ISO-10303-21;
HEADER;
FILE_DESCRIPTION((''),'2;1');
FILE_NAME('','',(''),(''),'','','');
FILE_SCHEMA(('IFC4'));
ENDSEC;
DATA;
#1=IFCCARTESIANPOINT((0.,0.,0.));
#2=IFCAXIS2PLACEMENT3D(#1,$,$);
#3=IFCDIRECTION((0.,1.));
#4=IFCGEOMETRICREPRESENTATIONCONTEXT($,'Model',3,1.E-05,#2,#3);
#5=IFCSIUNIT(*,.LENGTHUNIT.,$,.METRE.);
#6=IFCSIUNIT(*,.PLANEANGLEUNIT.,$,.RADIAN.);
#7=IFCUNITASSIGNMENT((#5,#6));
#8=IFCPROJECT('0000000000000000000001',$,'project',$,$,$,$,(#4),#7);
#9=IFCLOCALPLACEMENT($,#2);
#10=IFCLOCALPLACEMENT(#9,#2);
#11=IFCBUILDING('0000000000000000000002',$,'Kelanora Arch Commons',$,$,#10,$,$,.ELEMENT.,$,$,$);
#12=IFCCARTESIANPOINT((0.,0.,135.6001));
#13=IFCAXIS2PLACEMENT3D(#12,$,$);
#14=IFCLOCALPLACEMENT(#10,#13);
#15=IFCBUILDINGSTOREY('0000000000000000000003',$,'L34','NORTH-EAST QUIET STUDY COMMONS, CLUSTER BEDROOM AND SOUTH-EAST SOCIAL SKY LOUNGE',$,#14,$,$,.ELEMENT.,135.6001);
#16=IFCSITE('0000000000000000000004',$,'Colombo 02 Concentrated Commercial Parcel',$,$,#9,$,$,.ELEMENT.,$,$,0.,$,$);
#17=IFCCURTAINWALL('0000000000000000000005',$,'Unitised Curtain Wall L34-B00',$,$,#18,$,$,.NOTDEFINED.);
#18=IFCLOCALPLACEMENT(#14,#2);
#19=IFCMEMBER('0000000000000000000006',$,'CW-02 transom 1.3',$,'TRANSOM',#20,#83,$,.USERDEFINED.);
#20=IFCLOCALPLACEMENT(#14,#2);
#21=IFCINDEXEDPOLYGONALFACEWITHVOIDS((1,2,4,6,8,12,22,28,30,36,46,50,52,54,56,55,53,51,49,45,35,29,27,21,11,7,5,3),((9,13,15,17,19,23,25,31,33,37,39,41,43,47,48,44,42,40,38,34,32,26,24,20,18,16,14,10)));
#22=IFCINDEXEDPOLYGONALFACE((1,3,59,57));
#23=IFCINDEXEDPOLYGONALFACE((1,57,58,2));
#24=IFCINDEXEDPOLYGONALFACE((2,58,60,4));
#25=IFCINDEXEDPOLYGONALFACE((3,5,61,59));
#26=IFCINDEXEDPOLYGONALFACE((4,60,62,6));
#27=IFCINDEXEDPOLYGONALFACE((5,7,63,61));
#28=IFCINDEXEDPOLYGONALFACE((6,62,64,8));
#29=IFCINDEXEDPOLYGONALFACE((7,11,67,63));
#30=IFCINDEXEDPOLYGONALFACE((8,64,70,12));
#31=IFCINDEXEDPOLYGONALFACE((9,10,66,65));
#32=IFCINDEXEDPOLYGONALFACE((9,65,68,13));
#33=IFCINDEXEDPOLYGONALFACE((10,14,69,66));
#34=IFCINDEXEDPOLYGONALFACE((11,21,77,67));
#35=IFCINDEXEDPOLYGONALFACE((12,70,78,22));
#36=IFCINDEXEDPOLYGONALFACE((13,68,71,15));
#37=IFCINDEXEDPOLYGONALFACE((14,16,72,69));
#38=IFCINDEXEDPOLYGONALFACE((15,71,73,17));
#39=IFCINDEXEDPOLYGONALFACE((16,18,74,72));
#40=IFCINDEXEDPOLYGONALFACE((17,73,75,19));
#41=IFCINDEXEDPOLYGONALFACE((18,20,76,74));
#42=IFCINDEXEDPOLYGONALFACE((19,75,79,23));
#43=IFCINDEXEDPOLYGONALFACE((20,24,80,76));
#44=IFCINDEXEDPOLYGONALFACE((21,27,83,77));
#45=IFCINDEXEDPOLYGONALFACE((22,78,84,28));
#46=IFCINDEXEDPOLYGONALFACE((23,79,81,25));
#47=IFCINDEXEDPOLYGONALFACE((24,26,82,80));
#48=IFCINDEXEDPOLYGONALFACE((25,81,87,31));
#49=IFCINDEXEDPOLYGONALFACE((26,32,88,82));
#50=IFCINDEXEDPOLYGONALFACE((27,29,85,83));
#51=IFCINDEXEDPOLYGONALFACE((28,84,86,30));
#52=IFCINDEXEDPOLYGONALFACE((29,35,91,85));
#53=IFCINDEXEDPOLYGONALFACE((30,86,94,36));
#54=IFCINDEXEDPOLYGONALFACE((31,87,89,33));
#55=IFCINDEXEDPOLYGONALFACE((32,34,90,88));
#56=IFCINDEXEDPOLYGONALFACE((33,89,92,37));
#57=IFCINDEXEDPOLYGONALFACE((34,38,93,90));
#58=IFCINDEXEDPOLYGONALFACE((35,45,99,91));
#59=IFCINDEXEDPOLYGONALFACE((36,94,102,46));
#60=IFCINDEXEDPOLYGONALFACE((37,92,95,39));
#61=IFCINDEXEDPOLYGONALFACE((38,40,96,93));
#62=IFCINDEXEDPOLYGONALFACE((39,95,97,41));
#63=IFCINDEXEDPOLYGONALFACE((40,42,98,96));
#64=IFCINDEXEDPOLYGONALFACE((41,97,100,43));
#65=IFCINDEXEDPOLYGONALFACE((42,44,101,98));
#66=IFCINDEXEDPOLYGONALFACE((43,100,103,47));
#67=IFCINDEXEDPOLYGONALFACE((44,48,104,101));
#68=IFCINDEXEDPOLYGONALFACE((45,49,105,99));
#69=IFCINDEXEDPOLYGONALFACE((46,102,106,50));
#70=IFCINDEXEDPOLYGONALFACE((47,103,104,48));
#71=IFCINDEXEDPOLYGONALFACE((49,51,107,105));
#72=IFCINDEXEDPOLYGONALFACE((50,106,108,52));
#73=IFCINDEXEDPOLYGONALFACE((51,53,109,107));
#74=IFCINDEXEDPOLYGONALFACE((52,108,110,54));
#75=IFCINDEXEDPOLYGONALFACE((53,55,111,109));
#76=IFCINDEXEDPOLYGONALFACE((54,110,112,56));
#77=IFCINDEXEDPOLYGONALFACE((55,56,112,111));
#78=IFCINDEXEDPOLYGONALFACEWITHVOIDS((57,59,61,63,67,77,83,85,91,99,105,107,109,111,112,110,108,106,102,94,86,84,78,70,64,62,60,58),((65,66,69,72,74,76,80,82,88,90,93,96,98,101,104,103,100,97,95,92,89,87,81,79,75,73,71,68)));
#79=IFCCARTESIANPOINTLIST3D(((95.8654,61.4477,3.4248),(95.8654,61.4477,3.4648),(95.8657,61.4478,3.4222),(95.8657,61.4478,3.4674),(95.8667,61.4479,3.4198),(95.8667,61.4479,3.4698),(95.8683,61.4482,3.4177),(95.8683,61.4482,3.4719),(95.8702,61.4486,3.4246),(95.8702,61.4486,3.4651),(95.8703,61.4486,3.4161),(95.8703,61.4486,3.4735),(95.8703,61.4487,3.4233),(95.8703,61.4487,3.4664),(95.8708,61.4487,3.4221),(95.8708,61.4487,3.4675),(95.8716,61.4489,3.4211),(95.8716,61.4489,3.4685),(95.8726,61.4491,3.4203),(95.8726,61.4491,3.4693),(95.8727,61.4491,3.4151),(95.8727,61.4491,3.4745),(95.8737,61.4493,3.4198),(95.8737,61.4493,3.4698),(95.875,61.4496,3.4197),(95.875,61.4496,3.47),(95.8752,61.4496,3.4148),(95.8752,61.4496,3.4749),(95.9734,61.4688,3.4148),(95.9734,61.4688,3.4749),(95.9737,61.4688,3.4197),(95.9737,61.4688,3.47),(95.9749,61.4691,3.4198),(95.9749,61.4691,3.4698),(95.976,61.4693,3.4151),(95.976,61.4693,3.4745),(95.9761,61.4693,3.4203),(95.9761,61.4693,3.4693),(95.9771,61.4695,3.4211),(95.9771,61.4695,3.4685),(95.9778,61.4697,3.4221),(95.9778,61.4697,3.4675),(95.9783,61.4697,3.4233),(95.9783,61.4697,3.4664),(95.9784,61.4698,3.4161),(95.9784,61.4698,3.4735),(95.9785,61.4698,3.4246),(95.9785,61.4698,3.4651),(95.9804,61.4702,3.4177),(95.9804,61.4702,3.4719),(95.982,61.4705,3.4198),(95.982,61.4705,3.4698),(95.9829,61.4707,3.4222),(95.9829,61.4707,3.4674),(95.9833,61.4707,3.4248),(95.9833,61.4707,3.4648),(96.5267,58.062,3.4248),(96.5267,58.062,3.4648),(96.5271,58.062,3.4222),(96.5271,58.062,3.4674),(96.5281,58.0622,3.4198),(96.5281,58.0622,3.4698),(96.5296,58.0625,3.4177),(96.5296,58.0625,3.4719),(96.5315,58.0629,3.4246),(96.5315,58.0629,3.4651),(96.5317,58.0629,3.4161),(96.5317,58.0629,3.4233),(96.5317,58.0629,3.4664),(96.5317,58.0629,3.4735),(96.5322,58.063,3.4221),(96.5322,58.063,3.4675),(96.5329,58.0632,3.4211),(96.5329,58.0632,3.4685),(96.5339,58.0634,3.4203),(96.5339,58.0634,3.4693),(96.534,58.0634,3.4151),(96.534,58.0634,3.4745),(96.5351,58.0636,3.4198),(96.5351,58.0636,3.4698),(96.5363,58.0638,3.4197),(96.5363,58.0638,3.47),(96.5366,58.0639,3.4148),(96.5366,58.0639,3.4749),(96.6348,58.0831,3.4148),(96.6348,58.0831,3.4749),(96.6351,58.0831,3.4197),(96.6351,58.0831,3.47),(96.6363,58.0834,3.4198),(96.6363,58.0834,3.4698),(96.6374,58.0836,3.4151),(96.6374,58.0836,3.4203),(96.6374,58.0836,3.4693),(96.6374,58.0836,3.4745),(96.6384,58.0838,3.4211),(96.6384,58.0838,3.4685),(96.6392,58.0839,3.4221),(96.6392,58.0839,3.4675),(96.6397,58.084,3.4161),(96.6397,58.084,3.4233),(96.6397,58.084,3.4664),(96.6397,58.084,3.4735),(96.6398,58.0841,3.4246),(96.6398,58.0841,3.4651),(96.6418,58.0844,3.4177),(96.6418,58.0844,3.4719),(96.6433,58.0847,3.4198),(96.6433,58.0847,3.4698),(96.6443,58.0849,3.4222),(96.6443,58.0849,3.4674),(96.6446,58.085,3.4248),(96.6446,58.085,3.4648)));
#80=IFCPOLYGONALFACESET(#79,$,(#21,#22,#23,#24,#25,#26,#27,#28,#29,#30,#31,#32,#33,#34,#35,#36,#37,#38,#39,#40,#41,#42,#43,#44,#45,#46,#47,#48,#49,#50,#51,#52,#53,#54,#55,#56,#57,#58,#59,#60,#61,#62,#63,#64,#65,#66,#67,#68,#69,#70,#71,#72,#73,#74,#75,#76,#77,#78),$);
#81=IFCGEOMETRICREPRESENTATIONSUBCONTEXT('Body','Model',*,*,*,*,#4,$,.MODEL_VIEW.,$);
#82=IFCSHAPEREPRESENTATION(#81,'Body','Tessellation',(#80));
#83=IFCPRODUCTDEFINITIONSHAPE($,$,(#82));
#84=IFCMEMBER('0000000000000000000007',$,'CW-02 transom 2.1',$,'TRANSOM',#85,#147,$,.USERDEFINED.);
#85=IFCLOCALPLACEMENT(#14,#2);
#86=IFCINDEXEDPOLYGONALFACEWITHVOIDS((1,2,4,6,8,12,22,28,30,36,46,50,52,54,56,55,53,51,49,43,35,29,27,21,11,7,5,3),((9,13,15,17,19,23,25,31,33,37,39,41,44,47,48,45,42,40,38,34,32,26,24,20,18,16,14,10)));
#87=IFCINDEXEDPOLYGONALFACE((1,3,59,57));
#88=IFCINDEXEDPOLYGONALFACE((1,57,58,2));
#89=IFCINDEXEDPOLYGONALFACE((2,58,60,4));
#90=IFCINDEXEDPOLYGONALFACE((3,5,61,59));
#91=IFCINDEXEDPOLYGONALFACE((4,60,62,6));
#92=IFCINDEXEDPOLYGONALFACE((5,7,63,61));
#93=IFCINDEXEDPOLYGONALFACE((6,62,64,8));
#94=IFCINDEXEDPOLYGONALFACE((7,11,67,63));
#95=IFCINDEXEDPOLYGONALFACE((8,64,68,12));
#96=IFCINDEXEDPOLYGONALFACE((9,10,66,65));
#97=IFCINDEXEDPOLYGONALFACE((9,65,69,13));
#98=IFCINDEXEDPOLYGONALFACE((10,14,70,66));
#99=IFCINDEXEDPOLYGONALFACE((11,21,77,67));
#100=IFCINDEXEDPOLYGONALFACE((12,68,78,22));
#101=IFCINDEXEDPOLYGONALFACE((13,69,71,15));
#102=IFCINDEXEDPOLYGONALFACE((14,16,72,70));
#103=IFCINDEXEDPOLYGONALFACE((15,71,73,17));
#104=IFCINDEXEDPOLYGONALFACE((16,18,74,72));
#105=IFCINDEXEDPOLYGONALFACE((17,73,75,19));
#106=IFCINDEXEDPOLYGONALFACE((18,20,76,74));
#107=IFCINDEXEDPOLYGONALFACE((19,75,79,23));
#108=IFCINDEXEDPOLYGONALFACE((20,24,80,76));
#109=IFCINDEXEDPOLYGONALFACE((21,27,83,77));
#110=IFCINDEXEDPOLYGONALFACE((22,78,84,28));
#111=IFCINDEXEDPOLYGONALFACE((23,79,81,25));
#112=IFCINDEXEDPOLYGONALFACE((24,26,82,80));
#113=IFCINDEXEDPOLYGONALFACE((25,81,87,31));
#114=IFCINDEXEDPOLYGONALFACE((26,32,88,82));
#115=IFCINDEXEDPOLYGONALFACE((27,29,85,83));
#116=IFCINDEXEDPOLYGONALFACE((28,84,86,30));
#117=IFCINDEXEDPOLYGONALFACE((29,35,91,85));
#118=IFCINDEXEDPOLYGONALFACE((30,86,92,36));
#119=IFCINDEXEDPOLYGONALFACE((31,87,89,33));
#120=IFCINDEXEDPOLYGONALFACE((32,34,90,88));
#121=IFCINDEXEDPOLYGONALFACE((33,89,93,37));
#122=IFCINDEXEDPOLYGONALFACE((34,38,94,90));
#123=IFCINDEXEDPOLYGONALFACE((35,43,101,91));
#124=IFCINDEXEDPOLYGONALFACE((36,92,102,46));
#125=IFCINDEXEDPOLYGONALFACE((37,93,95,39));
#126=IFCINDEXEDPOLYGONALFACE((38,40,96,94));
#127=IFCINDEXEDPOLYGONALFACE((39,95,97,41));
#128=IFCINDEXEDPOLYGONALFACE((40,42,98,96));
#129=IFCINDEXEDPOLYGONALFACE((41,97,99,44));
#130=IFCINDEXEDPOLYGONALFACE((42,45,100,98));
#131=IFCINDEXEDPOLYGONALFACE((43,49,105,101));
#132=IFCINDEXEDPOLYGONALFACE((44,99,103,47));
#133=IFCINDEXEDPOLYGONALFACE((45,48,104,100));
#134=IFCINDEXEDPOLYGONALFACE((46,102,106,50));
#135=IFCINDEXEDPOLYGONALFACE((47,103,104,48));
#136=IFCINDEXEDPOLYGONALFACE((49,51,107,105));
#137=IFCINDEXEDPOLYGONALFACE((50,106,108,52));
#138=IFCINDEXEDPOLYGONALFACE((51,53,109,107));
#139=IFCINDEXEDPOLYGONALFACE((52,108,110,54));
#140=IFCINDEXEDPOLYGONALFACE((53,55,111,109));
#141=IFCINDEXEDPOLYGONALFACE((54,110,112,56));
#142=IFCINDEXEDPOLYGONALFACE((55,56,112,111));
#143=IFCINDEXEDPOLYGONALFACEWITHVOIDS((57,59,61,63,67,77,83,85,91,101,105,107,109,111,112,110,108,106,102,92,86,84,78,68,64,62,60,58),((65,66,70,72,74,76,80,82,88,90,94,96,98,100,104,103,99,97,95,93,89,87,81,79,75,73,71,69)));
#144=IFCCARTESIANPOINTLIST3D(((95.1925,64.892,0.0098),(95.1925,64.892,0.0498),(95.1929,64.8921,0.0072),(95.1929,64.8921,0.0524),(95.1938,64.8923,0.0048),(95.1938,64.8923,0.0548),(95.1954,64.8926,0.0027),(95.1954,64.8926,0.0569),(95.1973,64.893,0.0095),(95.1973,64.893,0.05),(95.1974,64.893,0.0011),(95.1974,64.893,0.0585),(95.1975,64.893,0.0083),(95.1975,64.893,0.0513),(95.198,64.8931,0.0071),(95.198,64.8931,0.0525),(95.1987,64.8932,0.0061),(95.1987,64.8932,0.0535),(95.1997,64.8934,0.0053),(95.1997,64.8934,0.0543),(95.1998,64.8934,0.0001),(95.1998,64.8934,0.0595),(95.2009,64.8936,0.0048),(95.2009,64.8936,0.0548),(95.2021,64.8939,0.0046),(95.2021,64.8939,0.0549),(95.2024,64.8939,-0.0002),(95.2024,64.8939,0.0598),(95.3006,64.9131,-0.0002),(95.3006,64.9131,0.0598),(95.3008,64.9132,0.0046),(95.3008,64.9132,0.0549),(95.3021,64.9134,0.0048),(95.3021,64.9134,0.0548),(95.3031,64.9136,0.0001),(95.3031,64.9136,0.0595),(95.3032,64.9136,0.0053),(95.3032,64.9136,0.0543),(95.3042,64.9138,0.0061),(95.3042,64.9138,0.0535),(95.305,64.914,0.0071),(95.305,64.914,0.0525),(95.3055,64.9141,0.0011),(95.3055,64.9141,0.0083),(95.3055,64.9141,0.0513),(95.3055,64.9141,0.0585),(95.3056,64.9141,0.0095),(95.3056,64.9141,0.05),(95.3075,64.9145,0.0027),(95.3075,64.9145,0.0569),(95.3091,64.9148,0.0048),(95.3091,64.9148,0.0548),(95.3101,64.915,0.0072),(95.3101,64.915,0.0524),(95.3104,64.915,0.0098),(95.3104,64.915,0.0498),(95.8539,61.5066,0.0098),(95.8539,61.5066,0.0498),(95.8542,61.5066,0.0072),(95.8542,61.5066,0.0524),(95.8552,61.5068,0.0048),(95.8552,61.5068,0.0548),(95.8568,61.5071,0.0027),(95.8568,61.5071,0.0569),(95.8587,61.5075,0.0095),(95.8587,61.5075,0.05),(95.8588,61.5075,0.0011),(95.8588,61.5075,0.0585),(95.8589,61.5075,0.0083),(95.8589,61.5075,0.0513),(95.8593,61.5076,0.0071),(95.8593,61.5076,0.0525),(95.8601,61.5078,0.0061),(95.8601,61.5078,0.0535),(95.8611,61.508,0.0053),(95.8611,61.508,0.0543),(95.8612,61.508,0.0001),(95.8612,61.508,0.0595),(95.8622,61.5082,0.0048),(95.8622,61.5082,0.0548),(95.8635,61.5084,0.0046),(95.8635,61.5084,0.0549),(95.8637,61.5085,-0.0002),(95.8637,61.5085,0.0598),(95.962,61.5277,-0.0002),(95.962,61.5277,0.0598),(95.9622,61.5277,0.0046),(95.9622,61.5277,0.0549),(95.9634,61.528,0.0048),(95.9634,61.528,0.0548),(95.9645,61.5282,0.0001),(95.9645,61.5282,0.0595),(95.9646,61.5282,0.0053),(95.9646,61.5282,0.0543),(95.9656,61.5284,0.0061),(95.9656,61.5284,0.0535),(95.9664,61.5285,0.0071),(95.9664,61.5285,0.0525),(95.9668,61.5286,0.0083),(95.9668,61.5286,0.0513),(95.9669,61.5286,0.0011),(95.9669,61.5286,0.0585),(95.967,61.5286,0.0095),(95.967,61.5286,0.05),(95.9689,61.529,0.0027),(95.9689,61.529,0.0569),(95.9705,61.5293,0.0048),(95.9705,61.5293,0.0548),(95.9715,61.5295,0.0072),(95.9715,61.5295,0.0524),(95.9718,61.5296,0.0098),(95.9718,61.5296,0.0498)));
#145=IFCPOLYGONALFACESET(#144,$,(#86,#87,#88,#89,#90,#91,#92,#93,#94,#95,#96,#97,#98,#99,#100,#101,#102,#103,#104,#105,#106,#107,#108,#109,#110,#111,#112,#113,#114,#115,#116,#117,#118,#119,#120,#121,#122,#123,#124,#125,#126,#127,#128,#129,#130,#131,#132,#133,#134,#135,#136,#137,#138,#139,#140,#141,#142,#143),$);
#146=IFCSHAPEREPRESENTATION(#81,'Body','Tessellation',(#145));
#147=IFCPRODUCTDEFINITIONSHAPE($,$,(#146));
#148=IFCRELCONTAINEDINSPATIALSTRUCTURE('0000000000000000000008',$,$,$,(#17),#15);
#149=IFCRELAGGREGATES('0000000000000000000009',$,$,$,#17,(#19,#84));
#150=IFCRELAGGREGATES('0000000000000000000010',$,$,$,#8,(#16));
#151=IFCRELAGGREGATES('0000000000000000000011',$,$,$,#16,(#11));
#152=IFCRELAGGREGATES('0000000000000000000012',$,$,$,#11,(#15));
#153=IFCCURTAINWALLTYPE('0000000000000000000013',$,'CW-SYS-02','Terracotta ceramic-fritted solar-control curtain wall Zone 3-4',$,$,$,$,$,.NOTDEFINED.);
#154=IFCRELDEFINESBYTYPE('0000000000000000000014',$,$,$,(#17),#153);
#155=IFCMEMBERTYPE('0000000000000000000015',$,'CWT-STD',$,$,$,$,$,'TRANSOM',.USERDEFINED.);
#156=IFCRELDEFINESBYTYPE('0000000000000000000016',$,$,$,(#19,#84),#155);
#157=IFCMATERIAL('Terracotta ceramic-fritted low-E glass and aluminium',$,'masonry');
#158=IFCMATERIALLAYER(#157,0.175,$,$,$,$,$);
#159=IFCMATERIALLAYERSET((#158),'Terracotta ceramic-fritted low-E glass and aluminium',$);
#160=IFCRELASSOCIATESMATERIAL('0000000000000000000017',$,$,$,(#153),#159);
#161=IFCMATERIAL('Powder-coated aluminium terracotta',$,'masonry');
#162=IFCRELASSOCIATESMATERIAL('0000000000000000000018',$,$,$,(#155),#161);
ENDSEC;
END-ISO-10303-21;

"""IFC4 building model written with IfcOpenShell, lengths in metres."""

from ifc_helpers import new_model, si_unit, direction, frame, origin, origin_2d, place, context, subcontext, project, spatial, hollow_rectangle, extrude, material, layer, layer_set, material_profile, profile_set, type_object, element, aggregate, save


model = new_model("IFC4")

# Units and contexts
model_context = context("Model", 3, precision=1e-05, world=origin(), true_north=direction((0.0, 1.0)))
body_context = subcontext(model_context, "Body", "Model", "MODEL_VIEW")
ifc_project = project(units=[si_unit("LENGTHUNIT", "METRE"), si_unit("PLANEANGLEUNIT", "RADIAN")], contexts=[model_context])

# Site, building, storey
site_placement = place(None, origin())
site = spatial("IfcSite", under=ifc_project, at=site_placement, Name="Colombo 02 Concentrated Commercial Parcel", CompositionType="ELEMENT", RefElevation=0.0)
building_placement = place(site_placement, origin())
building = spatial("IfcBuilding", under=site, at=building_placement, Name="Kelanora Arch Commons", CompositionType="ELEMENT")
storey_placement = place(building_placement, frame((0.0, 0.0, 135.6001)))
storey = spatial("IfcBuildingStorey", under=building, at=storey_placement, Name="L34", Description="NORTH-EAST QUIET STUDY COMMONS, CLUSTER BEDROOM AND SOUTH-EAST SOCIAL SKY LOUNGE", CompositionType="ELEMENT", Elevation=135.6001)

# Curtain wall, members
ifc_material_1 = material(Name="Terracotta ceramic-fritted low-E glass and aluminium", Category="masonry")
ifc_layer_1 = layer(ifc_material_1, 0.175)
ifc_layer_set_1 = layer_set([ifc_layer_1], Name="Terracotta ceramic-fritted low-E glass and aluminium")
curtain_wall_type = type_object("IfcCurtainWallType", Name="CW-SYS-02", Description="Terracotta ceramic-fritted solar-control curtain wall Zone 3-4", PredefinedType="NOTDEFINED", material=ifc_layer_set_1)
curtain_wall_placement = place(storey_placement, origin())
curtain_wall = element("IfcCurtainWall", 1, at=curtain_wall_placement, inside=storey, type_object=curtain_wall_type, Name="Unitised Curtain Wall L34-B00", PredefinedType="NOTDEFINED")
ifc_material_2 = material(Name="Powder-coated aluminium terracotta", Category="masonry")
ifc_material_profile_1 = material_profile(ifc_material_2, hollow_rectangle(XDim=0.1201, YDim=0.0601, WallThickness=0.0049, InnerFilletRadius=0.0049, OuterFilletRadius=0.01, at=origin_2d()), Name="CWT120x60")
ifc_profile_set_1 = profile_set([ifc_material_profile_1], Name="Powder-coated aluminium terracotta")
member_type_1 = type_object("IfcMemberType", Name="CWT-STD", ElementType="TRANSOM", PredefinedType="USERDEFINED", material=ifc_profile_set_1)
member_1_placement = place(storey_placement, frame((96.5857, 58.0735, 3.4448), z_axis=(-0.191718, 0.98145, 0.0), x_axis=(-0.98145, -0.191718, 0.0)))
member_1 = element("IfcMember", 2, at=member_1_placement, type_object=member_type_1, Name="CW-02 transom 1.3", ObjectType="TRANSOM", PredefinedType="USERDEFINED", context=body_context, shape_type="SweptSolid", body=[
    extrude(hollow_rectangle(XDim=0.1201, YDim=0.0601, WallThickness=0.0049, InnerFilletRadius=0.0049, OuterFilletRadius=0.01, at=origin_2d()), origin(), (0.0, 0.0, 1.0), 3.4497),
])
member_2_placement = place(storey_placement, frame((95.9128, 61.5181, 0.0298), z_axis=(-0.191732, 0.981447, 0.0), x_axis=(-0.981447, -0.191732, 0.0)))
member_2 = element("IfcMember", 3, at=member_2_placement, type_object=member_type_1, Name="CW-02 transom 2.1", ObjectType="TRANSOM", PredefinedType="USERDEFINED", context=body_context, shape_type="SweptSolid", body=[
    extrude(hollow_rectangle(XDim=0.1201, YDim=0.0601, WallThickness=0.0049, InnerFilletRadius=0.0049, OuterFilletRadius=0.01, at=origin_2d()), origin(), (0.0, 0.0, 1.0), 3.4495),
])
aggregate(curtain_wall, [member_1, member_2])

save(model, "model.ifc")
